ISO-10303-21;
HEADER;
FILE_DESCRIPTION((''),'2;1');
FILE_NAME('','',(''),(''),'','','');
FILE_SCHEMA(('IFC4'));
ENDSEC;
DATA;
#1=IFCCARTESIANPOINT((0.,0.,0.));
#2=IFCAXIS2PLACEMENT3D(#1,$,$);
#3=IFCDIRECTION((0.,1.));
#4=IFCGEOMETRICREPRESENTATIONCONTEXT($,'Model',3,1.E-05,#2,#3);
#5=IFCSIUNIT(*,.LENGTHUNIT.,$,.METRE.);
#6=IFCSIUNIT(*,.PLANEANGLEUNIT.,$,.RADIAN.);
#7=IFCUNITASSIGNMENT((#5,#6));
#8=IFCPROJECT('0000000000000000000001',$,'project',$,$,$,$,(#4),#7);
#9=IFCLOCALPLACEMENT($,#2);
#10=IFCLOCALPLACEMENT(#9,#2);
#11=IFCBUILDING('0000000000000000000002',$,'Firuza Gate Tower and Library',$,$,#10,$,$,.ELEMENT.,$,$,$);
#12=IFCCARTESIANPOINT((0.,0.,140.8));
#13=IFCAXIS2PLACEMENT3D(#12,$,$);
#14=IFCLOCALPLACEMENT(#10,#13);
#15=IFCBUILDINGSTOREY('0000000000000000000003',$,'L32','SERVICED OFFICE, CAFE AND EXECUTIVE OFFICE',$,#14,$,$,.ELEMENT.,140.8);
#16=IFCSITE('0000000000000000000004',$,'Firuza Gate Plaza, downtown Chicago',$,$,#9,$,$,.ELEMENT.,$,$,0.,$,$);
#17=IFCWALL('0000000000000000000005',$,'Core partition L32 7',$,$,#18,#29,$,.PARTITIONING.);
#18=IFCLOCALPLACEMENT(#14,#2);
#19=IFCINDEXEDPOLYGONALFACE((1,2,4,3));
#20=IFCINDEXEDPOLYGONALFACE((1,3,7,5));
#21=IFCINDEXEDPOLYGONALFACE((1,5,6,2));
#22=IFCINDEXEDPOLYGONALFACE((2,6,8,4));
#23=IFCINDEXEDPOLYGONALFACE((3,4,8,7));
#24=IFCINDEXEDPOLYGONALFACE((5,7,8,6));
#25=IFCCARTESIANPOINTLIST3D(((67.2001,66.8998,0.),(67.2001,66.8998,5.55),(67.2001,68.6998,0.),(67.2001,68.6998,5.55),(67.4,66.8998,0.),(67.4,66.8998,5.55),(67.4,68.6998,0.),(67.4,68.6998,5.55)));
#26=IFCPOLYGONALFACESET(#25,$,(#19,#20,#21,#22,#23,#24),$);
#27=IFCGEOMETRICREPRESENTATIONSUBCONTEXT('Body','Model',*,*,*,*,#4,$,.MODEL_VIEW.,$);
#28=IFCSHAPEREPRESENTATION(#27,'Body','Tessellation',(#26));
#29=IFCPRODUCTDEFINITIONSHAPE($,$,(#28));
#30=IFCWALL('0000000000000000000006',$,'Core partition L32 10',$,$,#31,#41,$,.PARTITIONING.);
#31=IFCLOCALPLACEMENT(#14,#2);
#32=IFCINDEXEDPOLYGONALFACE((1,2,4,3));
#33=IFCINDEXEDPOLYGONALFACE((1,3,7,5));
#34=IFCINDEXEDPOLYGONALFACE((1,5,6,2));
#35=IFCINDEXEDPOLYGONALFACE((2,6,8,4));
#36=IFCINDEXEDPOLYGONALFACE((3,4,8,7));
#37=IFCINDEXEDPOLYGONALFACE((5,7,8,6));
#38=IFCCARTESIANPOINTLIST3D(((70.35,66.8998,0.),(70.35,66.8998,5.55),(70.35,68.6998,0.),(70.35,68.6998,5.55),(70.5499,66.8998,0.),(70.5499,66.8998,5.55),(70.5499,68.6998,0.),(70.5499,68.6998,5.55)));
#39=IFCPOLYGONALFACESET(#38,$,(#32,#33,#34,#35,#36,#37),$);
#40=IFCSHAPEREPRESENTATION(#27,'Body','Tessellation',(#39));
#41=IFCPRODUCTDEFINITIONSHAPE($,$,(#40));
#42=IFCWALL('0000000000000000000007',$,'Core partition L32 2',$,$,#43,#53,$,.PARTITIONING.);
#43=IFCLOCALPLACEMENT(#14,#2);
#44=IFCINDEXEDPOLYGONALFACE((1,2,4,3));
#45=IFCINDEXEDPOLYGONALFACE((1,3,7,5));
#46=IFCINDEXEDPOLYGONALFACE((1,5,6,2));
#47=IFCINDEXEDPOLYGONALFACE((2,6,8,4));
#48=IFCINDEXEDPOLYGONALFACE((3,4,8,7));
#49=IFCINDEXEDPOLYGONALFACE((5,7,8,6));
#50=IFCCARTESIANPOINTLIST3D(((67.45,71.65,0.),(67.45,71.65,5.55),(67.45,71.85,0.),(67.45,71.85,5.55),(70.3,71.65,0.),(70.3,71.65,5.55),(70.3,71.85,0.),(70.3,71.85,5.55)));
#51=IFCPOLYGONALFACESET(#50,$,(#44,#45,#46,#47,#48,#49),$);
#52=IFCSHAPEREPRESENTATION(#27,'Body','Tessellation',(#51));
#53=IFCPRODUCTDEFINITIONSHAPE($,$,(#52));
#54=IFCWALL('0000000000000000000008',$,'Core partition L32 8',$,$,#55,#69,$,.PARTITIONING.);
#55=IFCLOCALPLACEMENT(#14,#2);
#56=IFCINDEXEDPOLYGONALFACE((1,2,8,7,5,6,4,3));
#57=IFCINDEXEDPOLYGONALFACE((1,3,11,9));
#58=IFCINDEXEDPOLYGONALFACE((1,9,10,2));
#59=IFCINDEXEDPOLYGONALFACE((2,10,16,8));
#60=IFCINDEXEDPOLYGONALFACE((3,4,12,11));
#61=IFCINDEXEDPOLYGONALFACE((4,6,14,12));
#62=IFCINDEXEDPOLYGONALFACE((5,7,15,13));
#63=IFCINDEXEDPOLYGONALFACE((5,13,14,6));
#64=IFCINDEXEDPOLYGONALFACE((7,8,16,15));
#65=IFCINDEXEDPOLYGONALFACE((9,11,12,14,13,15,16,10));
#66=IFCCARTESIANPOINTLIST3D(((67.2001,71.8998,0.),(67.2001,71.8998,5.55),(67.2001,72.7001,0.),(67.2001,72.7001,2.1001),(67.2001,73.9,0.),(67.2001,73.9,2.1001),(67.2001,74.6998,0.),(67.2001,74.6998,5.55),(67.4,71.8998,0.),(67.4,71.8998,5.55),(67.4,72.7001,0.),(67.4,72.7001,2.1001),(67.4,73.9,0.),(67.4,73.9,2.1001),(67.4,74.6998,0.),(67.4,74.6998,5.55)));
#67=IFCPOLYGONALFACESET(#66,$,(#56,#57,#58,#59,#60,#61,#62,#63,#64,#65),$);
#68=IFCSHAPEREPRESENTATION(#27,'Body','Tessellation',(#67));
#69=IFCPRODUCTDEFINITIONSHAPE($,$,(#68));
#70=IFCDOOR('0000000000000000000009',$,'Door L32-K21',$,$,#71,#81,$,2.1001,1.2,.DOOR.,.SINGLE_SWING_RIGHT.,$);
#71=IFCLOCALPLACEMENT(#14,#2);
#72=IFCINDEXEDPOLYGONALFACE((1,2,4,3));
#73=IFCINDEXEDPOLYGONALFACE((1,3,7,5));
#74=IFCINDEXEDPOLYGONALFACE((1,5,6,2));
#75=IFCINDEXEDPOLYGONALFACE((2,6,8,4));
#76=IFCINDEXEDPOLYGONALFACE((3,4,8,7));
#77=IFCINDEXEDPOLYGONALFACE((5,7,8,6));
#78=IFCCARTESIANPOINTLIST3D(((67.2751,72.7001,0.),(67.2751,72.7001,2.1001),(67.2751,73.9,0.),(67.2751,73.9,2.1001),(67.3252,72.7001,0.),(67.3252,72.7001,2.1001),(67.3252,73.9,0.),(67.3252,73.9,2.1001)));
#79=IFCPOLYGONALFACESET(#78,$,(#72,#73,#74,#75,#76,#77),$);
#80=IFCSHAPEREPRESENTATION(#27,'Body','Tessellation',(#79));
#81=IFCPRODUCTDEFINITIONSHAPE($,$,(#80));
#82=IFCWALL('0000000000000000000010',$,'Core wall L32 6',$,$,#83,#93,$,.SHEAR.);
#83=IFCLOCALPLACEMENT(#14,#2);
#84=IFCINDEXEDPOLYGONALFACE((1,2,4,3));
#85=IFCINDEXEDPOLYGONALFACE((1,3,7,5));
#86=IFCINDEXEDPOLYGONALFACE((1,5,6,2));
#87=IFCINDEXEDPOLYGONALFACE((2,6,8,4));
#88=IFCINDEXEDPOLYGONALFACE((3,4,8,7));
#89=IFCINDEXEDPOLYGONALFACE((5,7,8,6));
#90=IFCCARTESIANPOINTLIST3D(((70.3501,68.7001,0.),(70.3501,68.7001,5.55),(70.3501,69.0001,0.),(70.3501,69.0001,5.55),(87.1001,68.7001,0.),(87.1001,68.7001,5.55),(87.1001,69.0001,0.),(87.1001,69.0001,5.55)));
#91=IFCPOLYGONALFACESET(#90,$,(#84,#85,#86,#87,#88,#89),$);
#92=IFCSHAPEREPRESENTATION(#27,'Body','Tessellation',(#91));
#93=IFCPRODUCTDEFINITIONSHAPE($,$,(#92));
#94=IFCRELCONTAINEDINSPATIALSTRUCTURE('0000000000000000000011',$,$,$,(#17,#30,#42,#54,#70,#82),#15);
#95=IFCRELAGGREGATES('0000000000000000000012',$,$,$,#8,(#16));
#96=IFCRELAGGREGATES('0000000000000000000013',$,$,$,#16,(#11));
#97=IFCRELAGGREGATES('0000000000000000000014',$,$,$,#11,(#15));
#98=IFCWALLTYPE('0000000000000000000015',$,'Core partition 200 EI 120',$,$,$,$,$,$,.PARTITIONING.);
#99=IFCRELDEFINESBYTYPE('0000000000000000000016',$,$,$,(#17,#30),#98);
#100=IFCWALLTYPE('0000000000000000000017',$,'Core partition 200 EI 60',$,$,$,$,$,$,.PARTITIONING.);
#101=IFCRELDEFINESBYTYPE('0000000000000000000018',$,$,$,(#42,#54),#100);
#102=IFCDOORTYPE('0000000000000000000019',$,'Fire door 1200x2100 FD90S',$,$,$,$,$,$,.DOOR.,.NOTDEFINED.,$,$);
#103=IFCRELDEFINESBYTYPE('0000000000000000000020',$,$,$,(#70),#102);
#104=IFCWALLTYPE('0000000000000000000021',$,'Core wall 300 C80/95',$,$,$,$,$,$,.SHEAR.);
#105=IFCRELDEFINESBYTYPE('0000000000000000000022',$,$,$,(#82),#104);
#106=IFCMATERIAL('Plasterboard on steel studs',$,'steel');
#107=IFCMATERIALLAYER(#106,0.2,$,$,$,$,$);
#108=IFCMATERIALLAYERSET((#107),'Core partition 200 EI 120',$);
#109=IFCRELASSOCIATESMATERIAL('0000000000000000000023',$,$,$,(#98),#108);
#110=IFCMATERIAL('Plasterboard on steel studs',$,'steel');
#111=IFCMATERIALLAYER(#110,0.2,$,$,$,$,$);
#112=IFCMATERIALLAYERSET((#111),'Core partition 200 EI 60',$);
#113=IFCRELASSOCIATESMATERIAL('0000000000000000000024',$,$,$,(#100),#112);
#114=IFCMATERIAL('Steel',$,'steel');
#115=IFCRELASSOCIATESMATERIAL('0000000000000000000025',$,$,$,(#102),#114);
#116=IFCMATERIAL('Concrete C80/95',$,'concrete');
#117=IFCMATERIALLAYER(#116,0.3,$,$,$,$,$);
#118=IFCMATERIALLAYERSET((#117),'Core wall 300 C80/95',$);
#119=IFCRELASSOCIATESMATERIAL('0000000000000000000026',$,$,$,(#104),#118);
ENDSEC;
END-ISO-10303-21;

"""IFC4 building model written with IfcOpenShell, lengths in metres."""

from ifc_helpers import new_model, si_unit, direction, frame, frame_2d, origin, place, context, subcontext, project, spatial, rectangle, extrude, material, layer, layer_set, type_object, element, fill, save


model = new_model("IFC4")

# Units and contexts
model_context = context("Model", 3, precision=1e-05, world=origin(), true_north=direction((0.0, 1.0)))
body_context = subcontext(model_context, "Body", "Model", "MODEL_VIEW")
ifc_project = project(units=[si_unit("LENGTHUNIT", "METRE"), si_unit("PLANEANGLEUNIT", "RADIAN")], contexts=[model_context])

# Site, building, storey
site_placement = place(None, origin())
site = spatial("IfcSite", under=ifc_project, at=site_placement, Name="Firuza Gate Plaza, downtown Chicago", CompositionType="ELEMENT", RefElevation=0.0)
building_placement = place(site_placement, origin())
building = spatial("IfcBuilding", under=site, at=building_placement, Name="Firuza Gate Tower and Library", CompositionType="ELEMENT")
storey_placement = place(building_placement, frame((0.0, 0.0, 140.8)))
storey = spatial("IfcBuildingStorey", under=building, at=storey_placement, Name="L32", Description="SERVICED OFFICE, CAFE AND EXECUTIVE OFFICE", CompositionType="ELEMENT", Elevation=140.8)

# Walls
ifc_material_1 = material(Name="Plasterboard on steel studs", Category="steel")
ifc_layer_1 = layer(ifc_material_1, 0.2)
ifc_layer_set_1 = layer_set([ifc_layer_1], Name="Core partition 200 EI 120")
wall_type_1 = type_object("IfcWallType", Name="Core partition 200 EI 120", PredefinedType="PARTITIONING", material=ifc_layer_set_1)
for number, where, z_axis, x_axis, name in (
    (1, (67.3, 66.8999, 0.0), (0.0, 0.0, 1.0), (0.0, 1.0, 0.0), "Core partition L32 7"),
    (2, (70.45, 66.8999, 0.0), (0.0, 0.0, 1.0), (0.0, 1.0, 0.0), "Core partition L32 10"),
):
    element("IfcWall", number, at=place(storey_placement, frame(where, z_axis=z_axis, x_axis=x_axis)), inside=storey, type_object=wall_type_1, Name=name, PredefinedType="PARTITIONING", context=body_context, shape_type="SweptSolid", body=[
        extrude(rectangle(XDim=1.8, YDim=0.2, at=frame_2d((0.8999, 0.0))), origin(), (0.0, 0.0, 1.0), 5.55),
    ])
ifc_material_2 = material(Name="Plasterboard on steel studs", Category="steel")
ifc_layer_2 = layer(ifc_material_2, 0.2)
ifc_layer_set_2 = layer_set([ifc_layer_2], Name="Core partition 200 EI 60")
wall_type_2 = type_object("IfcWallType", Name="Core partition 200 EI 60", PredefinedType="PARTITIONING", material=ifc_layer_set_2)
wall_1_placement = place(storey_placement, frame((67.45, 71.75, 0.0), z_axis=(0.0, 0.0, 1.0), x_axis=(1.0, 0.0, 0.0)))
element("IfcWall", 3, at=wall_1_placement, inside=storey, type_object=wall_type_2, Name="Core partition L32 2", PredefinedType="PARTITIONING", context=body_context, shape_type="SweptSolid", body=[
    extrude(rectangle(XDim=2.8501, YDim=0.2, at=frame_2d((1.425, 0.0))), origin(), (0.0, 0.0, 1.0), 5.55),
])

# Wall, opening, door
wall_2_placement = place(storey_placement, frame((67.3, 71.8999, 0.0), z_axis=(0.0, 0.0, 1.0), x_axis=(0.0, 1.0, 0.0)))
wall_2 = element("IfcWall", 4, at=wall_2_placement, inside=storey, type_object=wall_type_2, Name="Core partition L32 8", PredefinedType="PARTITIONING", context=body_context, shape_type="SweptSolid", body=[
    extrude(rectangle(XDim=2.8, YDim=0.2, at=frame_2d((1.3999, 0.0))), origin(), (0.0, 0.0, 1.0), 5.55),
])
opening_1_placement = place(wall_2_placement, frame((0.8, 0.0, 0.0)))
opening_1 = element("IfcOpeningElement", 5, at=opening_1_placement, cuts=wall_2, PredefinedType="OPENING", context=body_context, shape_type="SweptSolid", body=[
    extrude(rectangle(XDim=1.2, YDim=2.1001, at=frame_2d((0.6001, 1.05))), frame((0.0, 0.1099, 0.0), z_axis=(0.0, -1.0, 0.0), x_axis=(1.0, 0.0, 0.0)), (0.0, 0.0, 1.0), 0.22),
])
ifc_material_3 = material(Name="Steel", Category="steel")
door_type_1 = type_object("IfcDoorType", Name="Fire door 1200x2100 FD90S", OperationType="NOTDEFINED", PredefinedType="DOOR", material=ifc_material_3)
door_1_placement = place(opening_1_placement, origin())
door_1 = element("IfcDoor", 6, at=door_1_placement, inside=storey, type_object=door_type_1, Name="Door L32-K21", OperationType="SINGLE_SWING_RIGHT", OverallHeight=2.1001, OverallWidth=1.2, PredefinedType="DOOR", context=body_context, shape_type="SweptSolid", body=[
    extrude(rectangle(XDim=1.2, YDim=2.1001, at=frame_2d((0.6001, 1.05))), frame((0.0, 0.0249, 0.0), z_axis=(0.0, -1.0, 0.0), x_axis=(1.0, 0.0, 0.0)), (0.0, 0.0, 1.0), 0.05),
])
fill(opening_1, door_1)

# Wall
ifc_material_4 = material(Name="Concrete C80/95", Category="concrete")
ifc_layer_3 = layer(ifc_material_4, 0.3)
ifc_layer_set_3 = layer_set([ifc_layer_3], Name="Core wall 300 C80/95")
wall_type_3 = type_object("IfcWallType", Name="Core wall 300 C80/95", PredefinedType="SHEAR", material=ifc_layer_set_3)
wall_3_placement = place(storey_placement, frame((70.3501, 68.8501, 0.0), z_axis=(0.0, 0.0, 1.0), x_axis=(1.0, 0.0, 0.0)))
element("IfcWall", 7, at=wall_3_placement, inside=storey, type_object=wall_type_3, Name="Core wall L32 6", PredefinedType="SHEAR", context=body_context, shape_type="SweptSolid", body=[
    extrude(rectangle(XDim=16.75, YDim=0.3, at=frame_2d((8.375, 0.0))), origin(), (0.0, 0.0, 1.0), 5.55),
])

save(model, "model.ifc")
